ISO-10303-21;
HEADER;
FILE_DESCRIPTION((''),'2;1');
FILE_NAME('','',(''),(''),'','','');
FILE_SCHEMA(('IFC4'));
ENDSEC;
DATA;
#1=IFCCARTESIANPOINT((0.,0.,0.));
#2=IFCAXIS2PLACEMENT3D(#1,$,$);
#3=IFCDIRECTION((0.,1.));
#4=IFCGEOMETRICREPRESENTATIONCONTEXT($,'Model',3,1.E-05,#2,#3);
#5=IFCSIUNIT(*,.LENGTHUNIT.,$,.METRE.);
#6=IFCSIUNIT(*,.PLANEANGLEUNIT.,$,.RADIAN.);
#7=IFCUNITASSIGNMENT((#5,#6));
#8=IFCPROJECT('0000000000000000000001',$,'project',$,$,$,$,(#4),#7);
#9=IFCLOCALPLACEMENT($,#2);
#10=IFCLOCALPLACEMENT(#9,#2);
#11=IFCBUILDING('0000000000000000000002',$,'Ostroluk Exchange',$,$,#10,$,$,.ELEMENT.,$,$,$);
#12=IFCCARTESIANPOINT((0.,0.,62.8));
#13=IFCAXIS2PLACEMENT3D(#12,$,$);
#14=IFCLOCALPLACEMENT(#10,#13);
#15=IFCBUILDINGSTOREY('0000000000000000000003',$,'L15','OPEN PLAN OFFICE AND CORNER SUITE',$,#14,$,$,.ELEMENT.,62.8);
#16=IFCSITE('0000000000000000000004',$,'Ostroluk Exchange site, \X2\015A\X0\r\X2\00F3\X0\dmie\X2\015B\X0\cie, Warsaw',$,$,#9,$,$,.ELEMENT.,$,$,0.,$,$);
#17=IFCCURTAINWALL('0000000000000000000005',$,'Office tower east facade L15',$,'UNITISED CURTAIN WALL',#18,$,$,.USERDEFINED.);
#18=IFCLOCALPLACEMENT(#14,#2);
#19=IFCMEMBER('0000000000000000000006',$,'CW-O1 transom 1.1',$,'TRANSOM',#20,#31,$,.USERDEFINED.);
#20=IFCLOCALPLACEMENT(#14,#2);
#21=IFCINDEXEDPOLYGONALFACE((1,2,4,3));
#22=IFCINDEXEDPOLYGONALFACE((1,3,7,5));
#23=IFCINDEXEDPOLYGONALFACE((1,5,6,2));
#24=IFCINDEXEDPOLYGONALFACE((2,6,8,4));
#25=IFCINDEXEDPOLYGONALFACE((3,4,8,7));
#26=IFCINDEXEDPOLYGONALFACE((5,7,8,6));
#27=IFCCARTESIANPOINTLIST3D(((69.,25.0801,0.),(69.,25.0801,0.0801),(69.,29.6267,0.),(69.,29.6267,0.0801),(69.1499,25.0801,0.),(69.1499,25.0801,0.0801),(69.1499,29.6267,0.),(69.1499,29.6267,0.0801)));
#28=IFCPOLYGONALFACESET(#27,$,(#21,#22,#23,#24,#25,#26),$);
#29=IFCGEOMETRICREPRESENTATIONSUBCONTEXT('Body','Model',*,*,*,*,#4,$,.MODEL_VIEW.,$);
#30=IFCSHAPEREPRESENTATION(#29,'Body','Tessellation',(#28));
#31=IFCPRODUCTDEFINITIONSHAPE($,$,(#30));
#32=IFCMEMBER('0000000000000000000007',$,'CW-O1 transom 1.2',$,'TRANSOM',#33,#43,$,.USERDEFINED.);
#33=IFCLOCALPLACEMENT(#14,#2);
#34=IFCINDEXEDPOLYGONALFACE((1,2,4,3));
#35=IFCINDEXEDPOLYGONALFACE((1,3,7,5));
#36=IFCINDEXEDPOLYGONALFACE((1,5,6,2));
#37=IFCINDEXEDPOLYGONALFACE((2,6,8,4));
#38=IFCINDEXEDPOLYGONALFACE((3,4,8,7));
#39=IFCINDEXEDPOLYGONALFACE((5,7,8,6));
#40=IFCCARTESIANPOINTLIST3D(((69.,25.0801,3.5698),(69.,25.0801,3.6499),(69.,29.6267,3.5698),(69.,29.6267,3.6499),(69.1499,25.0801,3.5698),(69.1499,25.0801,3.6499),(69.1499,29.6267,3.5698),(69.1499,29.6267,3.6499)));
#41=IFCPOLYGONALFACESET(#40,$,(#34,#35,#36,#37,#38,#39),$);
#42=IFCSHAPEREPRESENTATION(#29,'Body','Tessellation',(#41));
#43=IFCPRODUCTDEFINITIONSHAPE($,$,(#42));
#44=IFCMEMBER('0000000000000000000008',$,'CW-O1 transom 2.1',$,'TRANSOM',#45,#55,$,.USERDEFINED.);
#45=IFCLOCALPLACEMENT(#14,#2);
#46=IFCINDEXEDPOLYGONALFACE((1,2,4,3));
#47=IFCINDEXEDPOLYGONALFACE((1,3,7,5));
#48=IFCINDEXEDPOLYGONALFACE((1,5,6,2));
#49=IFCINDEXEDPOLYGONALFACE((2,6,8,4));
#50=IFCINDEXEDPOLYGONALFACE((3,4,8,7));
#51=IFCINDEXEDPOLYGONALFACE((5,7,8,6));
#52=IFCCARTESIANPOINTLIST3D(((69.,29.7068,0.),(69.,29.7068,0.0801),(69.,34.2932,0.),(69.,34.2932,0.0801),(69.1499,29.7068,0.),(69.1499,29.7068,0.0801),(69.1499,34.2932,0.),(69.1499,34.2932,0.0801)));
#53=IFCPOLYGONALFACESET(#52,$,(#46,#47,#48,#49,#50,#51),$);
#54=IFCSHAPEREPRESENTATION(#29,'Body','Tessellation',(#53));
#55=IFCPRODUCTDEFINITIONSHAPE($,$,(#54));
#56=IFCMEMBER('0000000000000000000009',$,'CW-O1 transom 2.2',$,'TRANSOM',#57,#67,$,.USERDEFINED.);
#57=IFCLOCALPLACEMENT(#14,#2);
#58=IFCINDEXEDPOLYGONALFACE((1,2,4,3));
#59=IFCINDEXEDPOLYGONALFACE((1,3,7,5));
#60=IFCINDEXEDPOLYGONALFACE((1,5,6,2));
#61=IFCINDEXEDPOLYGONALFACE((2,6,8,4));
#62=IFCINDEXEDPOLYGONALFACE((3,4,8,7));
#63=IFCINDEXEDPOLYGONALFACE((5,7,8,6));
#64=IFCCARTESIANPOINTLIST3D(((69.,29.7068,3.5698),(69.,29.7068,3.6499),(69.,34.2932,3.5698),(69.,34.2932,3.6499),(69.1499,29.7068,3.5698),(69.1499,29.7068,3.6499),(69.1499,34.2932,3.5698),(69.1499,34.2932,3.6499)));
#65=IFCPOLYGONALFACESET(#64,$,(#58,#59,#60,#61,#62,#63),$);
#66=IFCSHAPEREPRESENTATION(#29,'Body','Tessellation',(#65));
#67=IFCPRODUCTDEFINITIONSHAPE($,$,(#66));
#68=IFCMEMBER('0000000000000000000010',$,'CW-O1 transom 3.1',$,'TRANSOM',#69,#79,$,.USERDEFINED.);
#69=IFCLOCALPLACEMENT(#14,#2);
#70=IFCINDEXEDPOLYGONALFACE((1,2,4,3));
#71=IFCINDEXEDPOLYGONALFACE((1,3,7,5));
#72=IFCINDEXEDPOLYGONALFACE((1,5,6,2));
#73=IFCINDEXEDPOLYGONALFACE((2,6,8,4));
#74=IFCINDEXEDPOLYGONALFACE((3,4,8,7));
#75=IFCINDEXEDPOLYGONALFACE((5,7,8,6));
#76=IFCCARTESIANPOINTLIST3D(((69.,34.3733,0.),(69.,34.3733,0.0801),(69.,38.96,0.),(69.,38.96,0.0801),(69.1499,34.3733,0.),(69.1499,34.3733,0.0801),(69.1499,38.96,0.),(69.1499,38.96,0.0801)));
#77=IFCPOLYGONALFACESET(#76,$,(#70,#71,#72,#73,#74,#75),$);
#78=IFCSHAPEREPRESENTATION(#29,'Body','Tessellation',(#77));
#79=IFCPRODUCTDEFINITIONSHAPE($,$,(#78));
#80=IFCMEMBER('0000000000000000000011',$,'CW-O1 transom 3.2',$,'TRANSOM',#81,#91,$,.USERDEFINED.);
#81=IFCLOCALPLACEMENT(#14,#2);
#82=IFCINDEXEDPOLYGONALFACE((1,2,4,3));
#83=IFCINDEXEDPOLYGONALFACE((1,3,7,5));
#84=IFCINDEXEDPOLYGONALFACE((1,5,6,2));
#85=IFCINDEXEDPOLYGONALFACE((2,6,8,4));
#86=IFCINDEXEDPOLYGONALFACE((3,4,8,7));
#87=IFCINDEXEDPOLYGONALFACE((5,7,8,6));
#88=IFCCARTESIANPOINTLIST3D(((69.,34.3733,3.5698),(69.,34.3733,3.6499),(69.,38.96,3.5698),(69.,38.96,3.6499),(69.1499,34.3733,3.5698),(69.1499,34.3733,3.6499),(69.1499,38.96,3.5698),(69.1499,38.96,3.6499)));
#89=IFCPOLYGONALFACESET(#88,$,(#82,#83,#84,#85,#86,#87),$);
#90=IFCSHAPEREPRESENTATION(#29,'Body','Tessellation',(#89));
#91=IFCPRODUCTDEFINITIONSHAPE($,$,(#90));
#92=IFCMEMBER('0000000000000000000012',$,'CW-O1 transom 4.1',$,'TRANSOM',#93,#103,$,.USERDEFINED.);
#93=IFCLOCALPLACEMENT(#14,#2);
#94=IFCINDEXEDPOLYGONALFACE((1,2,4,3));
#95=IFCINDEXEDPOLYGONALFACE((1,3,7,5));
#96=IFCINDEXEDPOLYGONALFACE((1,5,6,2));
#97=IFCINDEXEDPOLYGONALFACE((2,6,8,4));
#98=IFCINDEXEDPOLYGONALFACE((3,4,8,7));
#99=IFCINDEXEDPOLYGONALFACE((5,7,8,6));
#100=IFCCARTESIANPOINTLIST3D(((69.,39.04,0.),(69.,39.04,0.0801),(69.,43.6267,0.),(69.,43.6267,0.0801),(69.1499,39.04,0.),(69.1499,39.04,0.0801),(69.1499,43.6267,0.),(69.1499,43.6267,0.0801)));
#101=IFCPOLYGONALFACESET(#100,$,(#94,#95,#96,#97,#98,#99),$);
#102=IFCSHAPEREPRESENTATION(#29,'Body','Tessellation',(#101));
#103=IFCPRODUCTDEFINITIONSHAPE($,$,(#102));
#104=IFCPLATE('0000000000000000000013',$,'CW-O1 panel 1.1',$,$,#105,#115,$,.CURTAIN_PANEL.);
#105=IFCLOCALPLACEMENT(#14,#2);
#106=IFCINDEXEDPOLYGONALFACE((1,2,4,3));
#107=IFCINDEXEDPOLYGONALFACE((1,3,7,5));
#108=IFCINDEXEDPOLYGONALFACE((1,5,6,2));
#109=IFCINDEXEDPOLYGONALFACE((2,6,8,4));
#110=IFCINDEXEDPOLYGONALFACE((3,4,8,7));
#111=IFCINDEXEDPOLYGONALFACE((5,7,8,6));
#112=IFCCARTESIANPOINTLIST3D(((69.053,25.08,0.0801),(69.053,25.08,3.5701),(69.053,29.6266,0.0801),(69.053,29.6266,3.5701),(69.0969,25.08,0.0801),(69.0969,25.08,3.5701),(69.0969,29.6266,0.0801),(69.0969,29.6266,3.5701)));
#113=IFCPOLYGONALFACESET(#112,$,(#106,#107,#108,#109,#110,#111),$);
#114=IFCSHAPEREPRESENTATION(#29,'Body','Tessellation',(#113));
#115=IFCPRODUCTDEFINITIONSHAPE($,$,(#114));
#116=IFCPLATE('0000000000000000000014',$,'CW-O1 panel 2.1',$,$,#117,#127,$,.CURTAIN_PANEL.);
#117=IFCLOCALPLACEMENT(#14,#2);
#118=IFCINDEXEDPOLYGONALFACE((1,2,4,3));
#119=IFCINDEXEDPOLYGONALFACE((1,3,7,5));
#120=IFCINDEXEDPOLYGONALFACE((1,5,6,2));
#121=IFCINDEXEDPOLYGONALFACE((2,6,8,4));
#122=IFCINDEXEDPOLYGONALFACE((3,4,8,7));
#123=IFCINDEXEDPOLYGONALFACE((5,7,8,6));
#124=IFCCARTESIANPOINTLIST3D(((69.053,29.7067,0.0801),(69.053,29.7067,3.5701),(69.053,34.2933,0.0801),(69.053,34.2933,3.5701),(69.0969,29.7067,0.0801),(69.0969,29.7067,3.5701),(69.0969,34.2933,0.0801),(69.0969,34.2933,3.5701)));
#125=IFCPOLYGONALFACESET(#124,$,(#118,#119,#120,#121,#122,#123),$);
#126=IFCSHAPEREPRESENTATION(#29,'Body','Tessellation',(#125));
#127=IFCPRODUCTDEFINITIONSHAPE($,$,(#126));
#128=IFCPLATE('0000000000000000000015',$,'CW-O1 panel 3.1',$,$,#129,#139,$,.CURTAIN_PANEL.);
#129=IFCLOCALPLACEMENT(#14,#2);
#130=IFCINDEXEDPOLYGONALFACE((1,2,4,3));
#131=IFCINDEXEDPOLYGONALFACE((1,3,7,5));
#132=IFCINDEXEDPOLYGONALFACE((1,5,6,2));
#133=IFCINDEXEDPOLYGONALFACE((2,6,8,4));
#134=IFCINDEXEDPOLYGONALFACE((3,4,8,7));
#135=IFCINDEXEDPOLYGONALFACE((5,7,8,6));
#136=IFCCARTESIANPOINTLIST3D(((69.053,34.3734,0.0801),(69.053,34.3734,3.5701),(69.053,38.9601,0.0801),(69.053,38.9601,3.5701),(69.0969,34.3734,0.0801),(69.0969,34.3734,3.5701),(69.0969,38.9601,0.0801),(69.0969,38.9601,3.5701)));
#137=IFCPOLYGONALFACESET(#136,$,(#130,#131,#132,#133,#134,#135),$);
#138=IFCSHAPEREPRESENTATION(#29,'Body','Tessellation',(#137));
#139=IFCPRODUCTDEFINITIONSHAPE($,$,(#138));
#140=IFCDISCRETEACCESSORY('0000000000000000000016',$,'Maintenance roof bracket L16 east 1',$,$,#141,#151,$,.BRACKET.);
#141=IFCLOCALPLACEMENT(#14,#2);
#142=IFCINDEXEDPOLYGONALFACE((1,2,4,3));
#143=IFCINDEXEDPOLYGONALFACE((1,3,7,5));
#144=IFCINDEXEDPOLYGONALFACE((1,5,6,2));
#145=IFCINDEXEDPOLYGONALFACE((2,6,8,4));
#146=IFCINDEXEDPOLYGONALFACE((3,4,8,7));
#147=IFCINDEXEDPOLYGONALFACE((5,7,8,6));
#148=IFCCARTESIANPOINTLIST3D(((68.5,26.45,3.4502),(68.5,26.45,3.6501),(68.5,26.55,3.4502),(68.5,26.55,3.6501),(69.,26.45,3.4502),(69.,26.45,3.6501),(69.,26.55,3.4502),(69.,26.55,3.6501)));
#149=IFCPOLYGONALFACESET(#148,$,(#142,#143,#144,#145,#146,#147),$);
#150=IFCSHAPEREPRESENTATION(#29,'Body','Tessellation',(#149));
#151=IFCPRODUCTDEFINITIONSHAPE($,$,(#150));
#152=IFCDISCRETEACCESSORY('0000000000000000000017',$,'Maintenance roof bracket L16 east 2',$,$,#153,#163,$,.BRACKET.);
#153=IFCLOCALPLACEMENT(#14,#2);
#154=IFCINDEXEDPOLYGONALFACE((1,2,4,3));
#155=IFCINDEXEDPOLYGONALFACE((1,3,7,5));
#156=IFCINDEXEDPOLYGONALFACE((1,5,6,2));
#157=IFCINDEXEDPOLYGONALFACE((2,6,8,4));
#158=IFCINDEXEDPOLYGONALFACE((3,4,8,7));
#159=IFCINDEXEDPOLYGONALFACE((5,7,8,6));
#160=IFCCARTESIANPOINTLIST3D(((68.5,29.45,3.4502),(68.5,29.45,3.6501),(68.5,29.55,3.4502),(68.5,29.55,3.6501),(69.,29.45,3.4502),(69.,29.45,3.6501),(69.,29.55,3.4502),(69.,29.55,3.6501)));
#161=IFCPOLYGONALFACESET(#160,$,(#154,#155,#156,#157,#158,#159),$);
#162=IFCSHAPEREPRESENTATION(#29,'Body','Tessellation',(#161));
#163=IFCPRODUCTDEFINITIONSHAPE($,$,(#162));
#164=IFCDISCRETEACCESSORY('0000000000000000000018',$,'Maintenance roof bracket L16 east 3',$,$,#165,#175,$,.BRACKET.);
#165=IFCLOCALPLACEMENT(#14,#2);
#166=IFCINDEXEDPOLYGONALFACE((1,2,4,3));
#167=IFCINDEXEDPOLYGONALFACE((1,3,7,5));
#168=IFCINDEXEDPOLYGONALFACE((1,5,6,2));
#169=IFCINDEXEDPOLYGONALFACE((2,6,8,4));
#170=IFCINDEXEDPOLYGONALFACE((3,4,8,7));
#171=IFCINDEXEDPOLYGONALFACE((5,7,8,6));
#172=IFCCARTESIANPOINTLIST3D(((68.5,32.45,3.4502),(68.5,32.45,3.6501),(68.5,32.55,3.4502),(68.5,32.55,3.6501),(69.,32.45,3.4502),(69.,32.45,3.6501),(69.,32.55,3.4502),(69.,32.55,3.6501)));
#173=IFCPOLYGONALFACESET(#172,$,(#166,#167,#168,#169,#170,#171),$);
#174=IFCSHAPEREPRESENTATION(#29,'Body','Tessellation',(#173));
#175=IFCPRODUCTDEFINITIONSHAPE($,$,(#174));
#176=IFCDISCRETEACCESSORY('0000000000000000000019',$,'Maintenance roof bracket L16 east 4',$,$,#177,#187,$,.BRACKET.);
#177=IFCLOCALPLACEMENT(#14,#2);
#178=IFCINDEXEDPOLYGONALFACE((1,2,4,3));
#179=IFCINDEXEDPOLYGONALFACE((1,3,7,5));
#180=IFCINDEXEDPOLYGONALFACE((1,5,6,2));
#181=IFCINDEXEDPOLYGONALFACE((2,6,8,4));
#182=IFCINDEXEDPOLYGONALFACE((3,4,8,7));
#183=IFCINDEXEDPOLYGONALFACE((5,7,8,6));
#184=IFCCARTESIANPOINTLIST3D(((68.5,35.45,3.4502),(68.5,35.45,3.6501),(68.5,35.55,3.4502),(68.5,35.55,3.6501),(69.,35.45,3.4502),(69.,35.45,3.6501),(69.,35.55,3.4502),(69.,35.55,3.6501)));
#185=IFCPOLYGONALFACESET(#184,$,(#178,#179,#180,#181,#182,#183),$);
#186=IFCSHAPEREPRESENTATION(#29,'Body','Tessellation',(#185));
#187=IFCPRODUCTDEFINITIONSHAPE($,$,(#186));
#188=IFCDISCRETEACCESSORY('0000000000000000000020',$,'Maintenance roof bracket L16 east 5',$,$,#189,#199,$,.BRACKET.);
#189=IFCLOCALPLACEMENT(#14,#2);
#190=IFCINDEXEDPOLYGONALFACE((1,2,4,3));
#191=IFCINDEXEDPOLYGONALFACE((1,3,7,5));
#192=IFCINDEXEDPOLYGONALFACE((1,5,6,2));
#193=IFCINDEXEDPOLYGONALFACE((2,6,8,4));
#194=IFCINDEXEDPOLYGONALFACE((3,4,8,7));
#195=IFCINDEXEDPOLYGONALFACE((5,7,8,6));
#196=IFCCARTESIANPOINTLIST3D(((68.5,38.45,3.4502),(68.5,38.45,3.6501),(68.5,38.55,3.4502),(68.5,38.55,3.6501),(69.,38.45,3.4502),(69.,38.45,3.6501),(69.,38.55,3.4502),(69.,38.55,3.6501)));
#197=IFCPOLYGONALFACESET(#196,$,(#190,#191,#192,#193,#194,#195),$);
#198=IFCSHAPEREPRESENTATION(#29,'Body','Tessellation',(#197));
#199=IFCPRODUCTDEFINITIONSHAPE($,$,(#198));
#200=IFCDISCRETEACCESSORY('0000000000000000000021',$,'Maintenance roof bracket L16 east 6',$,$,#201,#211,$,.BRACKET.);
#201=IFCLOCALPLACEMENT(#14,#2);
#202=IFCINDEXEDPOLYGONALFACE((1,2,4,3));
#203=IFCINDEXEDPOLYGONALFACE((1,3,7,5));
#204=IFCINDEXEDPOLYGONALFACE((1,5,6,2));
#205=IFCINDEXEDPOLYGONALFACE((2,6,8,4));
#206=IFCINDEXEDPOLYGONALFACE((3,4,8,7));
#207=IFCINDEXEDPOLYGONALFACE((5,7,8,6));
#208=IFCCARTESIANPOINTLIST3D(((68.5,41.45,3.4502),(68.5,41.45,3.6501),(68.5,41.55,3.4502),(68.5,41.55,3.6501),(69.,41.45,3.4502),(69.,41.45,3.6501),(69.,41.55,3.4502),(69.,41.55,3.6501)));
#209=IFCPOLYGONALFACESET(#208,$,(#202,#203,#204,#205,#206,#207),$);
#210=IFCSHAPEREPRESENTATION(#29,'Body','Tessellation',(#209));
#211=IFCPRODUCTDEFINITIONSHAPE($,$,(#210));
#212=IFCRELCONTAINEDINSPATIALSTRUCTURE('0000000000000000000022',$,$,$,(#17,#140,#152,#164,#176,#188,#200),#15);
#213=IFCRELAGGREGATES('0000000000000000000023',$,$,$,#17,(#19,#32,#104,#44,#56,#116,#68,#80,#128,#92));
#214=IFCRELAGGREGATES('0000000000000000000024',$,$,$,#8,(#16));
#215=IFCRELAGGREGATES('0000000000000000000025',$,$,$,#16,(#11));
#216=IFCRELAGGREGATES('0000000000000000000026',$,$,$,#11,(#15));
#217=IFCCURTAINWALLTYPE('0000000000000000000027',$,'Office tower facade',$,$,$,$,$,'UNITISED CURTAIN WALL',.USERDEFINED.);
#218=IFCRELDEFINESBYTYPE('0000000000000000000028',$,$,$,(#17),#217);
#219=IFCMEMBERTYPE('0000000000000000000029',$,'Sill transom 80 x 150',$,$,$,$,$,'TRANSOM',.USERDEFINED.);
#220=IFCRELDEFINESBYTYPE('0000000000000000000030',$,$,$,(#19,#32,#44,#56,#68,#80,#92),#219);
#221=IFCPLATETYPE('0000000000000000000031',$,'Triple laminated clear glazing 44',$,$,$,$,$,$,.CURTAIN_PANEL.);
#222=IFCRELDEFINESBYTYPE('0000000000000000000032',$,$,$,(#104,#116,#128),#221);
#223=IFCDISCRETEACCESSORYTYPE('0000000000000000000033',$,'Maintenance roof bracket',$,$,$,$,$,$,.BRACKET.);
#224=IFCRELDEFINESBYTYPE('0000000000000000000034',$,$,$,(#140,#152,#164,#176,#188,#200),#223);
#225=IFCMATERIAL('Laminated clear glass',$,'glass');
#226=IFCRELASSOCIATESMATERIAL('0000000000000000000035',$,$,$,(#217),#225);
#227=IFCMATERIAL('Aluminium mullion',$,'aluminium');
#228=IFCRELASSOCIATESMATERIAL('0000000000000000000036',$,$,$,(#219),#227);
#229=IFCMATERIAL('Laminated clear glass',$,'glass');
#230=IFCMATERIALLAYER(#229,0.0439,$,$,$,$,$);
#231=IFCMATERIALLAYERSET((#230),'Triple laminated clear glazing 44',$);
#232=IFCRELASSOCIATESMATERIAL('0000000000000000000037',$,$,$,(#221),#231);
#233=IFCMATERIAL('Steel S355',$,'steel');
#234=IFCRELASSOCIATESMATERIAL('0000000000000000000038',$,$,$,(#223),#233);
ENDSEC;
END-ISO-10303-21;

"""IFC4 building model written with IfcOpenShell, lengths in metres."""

from ifc_helpers import new_model, si_unit, direction, frame, origin, origin_2d, place, context, subcontext, project, spatial, rectangle, extrude, material, layer, layer_set, material_profile, profile_set, type_object, element, aggregate, save


model = new_model("IFC4")

# Units and contexts
model_context = context("Model", 3, precision=1e-05, world=origin(), true_north=direction((0.0, 1.0)))
body_context = subcontext(model_context, "Body", "Model", "MODEL_VIEW")
ifc_project = project(units=[si_unit("LENGTHUNIT", "METRE"), si_unit("PLANEANGLEUNIT", "RADIAN")], contexts=[model_context])

# Site, building, storey
site_placement = place(None, origin())
site = spatial("IfcSite", under=ifc_project, at=site_placement, Name="Ostroluk Exchange site, Śródmieście, Warsaw", CompositionType="ELEMENT", RefElevation=0.0)
building_placement = place(site_placement, origin())
building = spatial("IfcBuilding", under=site, at=building_placement, Name="Ostroluk Exchange", CompositionType="ELEMENT")
storey_placement = place(building_placement, frame((0.0, 0.0, 62.8)))
storey = spatial("IfcBuildingStorey", under=building, at=storey_placement, Name="L15", Description="OPEN PLAN OFFICE AND CORNER SUITE", CompositionType="ELEMENT", Elevation=62.8)

# Curtain wall, members, plates
ifc_material_1 = material(Name="Laminated clear glass", Category="glass")
curtain_wall_type = type_object("IfcCurtainWallType", Name="Office tower facade", ElementType="UNITISED CURTAIN WALL", PredefinedType="USERDEFINED", material=ifc_material_1)
curtain_wall_placement = place(storey_placement, origin())
curtain_wall = element("IfcCurtainWall", 1, at=curtain_wall_placement, inside=storey, type_object=curtain_wall_type, Name="Office tower east facade L15", ObjectType="UNITISED CURTAIN WALL", PredefinedType="USERDEFINED")
ifc_material_2 = material(Name="Aluminium mullion", Category="aluminium")
ifc_material_profile_1 = material_profile(ifc_material_2, rectangle(XDim=0.1499, YDim=0.0801, at=origin_2d()), Name="Sill transom 80 x 150")
ifc_profile_set_1 = profile_set([ifc_material_profile_1], Name="Aluminium mullion")
member_type = type_object("IfcMemberType", Name="Sill transom 80 x 150", ElementType="TRANSOM", PredefinedType="USERDEFINED", material=ifc_profile_set_1)
member_1_placement = place(storey_placement, frame((69.075, 25.0801, 0.04), z_axis=(0.0, 1.0, 0.0), x_axis=(-1.0, 0.0, 0.0)))
member_1 = element("IfcMember", 2, at=member_1_placement, type_object=member_type, Name="CW-O1 transom 1.1", ObjectType="TRANSOM", PredefinedType="USERDEFINED", context=body_context, shape_type="SweptSolid", body=[
    extrude(rectangle(XDim=0.1499, YDim=0.0801, at=origin_2d()), origin(), (0.0, 0.0, 1.0), 4.5466),
])
member_2_placement = place(storey_placement, frame((69.075, 25.0801, 3.6099), z_axis=(0.0, 1.0, 0.0), x_axis=(-1.0, 0.0, 0.0)))
member_2 = element("IfcMember", 3, at=member_2_placement, type_object=member_type, Name="CW-O1 transom 1.2", ObjectType="TRANSOM", PredefinedType="USERDEFINED", context=body_context, shape_type="SweptSolid", body=[
    extrude(rectangle(XDim=0.1499, YDim=0.0801, at=origin_2d()), origin(), (0.0, 0.0, 1.0), 4.5466),
])
member_3_placement = place(storey_placement, frame((69.075, 29.7068, 0.04), z_axis=(0.0, 1.0, 0.0), x_axis=(-1.0, 0.0, 0.0)))
member_3 = element("IfcMember", 4, at=member_3_placement, type_object=member_type, Name="CW-O1 transom 2.1", ObjectType="TRANSOM", PredefinedType="USERDEFINED", context=body_context, shape_type="SweptSolid", body=[
    extrude(rectangle(XDim=0.1499, YDim=0.0801, at=origin_2d()), origin(), (0.0, 0.0, 1.0), 4.5864),
])
member_4_placement = place(storey_placement, frame((69.075, 29.7068, 3.6099), z_axis=(0.0, 1.0, 0.0), x_axis=(-1.0, 0.0, 0.0)))
member_4 = element("IfcMember", 5, at=member_4_placement, type_object=member_type, Name="CW-O1 transom 2.2", ObjectType="TRANSOM", PredefinedType="USERDEFINED", context=body_context, shape_type="SweptSolid", body=[
    extrude(rectangle(XDim=0.1499, YDim=0.0801, at=origin_2d()), origin(), (0.0, 0.0, 1.0), 4.5864),
])
member_5_placement = place(storey_placement, frame((69.075, 34.3733, 0.04), z_axis=(0.0, 1.0, 0.0), x_axis=(-1.0, 0.0, 0.0)))
member_5 = element("IfcMember", 6, at=member_5_placement, type_object=member_type, Name="CW-O1 transom 3.1", ObjectType="TRANSOM", PredefinedType="USERDEFINED", context=body_context, shape_type="SweptSolid", body=[
    extrude(rectangle(XDim=0.1499, YDim=0.0801, at=origin_2d()), origin(), (0.0, 0.0, 1.0), 4.5867),
])
member_6_placement = place(storey_placement, frame((69.075, 34.3733, 3.6099), z_axis=(0.0, 1.0, 0.0), x_axis=(-1.0, 0.0, 0.0)))
member_6 = element("IfcMember", 7, at=member_6_placement, type_object=member_type, Name="CW-O1 transom 3.2", ObjectType="TRANSOM", PredefinedType="USERDEFINED", context=body_context, shape_type="SweptSolid", body=[
    extrude(rectangle(XDim=0.1499, YDim=0.0801, at=origin_2d()), origin(), (0.0, 0.0, 1.0), 4.5867),
])
member_7_placement = place(storey_placement, frame((69.075, 39.04, 0.04), z_axis=(0.0, 1.0, 0.0), x_axis=(-1.0, 0.0, 0.0)))
member_7 = element("IfcMember", 8, at=member_7_placement, type_object=member_type, Name="CW-O1 transom 4.1", ObjectType="TRANSOM", PredefinedType="USERDEFINED", context=body_context, shape_type="SweptSolid", body=[
    extrude(rectangle(XDim=0.1499, YDim=0.0801, at=origin_2d()), origin(), (0.0, 0.0, 1.0), 4.5867),
])
ifc_material_3 = material(Name="Laminated clear glass", Category="glass")
ifc_layer = layer(ifc_material_3, 0.0439)
ifc_layer_set = layer_set([ifc_layer], Name="Triple laminated clear glazing 44")
plate_type = type_object("IfcPlateType", Name="Triple laminated clear glazing 44", PredefinedType="CURTAIN_PANEL", material=ifc_layer_set)
plate_1_placement = place(storey_placement, frame((69.075, 27.3533, 0.0801), z_axis=(0.0, 0.0, 1.0), x_axis=(0.0, 1.0, 0.0)))
plate_1 = element("IfcPlate", 9, at=plate_1_placement, type_object=plate_type, Name="CW-O1 panel 1.1", PredefinedType="CURTAIN_PANEL", context=body_context, shape_type="SweptSolid", body=[
    extrude(rectangle(XDim=4.5466, YDim=0.0439, at=origin_2d()), origin(), (0.0, 0.0, 1.0), 3.49),
])
plate_2_placement = place(storey_placement, frame((69.075, 32.0, 0.0801), z_axis=(0.0, 0.0, 1.0), x_axis=(0.0, 1.0, 0.0)))
plate_2 = element("IfcPlate", 10, at=plate_2_placement, type_object=plate_type, Name="CW-O1 panel 2.1", PredefinedType="CURTAIN_PANEL", context=body_context, shape_type="SweptSolid", body=[
    extrude(rectangle(XDim=4.5867, YDim=0.0439, at=origin_2d()), origin(), (0.0, 0.0, 1.0), 3.49),
])
plate_3_placement = place(storey_placement, frame((69.075, 36.6667, 0.0801), z_axis=(0.0, 0.0, 1.0), x_axis=(0.0, 1.0, 0.0)))
plate_3 = element("IfcPlate", 11, at=plate_3_placement, type_object=plate_type, Name="CW-O1 panel 3.1", PredefinedType="CURTAIN_PANEL", context=body_context, shape_type="SweptSolid", body=[
    extrude(rectangle(XDim=4.5867, YDim=0.0439, at=origin_2d()), origin(), (0.0, 0.0, 1.0), 3.49),
])
aggregate(curtain_wall, [member_1, member_2, plate_1, member_3, member_4, plate_2, member_5, member_6, plate_3, member_7])

# Discrete accessories
ifc_material_4 = material(Name="Steel S355", Category="steel")
discrete_accessory_type = type_object("IfcDiscreteAccessoryType", Name="Maintenance roof bracket", PredefinedType="BRACKET", material=ifc_material_4)
for number, where, z_axis, x_axis, name in (
    (12, (68.75, 26.5, 3.4502), (0.0, 0.0, 1.0), (1.0, 0.0, 0.0), "Maintenance roof bracket L16 east 1"),
    (13, (68.75, 29.5, 3.4502), (0.0, 0.0, 1.0), (1.0, 0.0, 0.0), "Maintenance roof bracket L16 east 2"),
    (14, (68.75, 32.5, 3.4502), (0.0, 0.0, 1.0), (1.0, 0.0, 0.0), "Maintenance roof bracket L16 east 3"),
    (15, (68.75, 35.5, 3.4502), (0.0, 0.0, 1.0), (1.0, 0.0, 0.0), "Maintenance roof bracket L16 east 4"),
    (16, (68.75, 38.5, 3.4502), (0.0, 0.0, 1.0), (1.0, 0.0, 0.0), "Maintenance roof bracket L16 east 5"),
    (17, (68.75, 41.5, 3.4502), (0.0, 0.0, 1.0), (1.0, 0.0, 0.0), "Maintenance roof bracket L16 east 6"),
):
    element("IfcDiscreteAccessory", number, at=place(storey_placement, frame(where, z_axis=z_axis, x_axis=x_axis)), inside=storey, type_object=discrete_accessory_type, Name=name, PredefinedType="BRACKET", context=body_context, shape_type="SweptSolid", body=[
        extrude(rectangle(XDim=0.5, YDim=0.1001, at=origin_2d()), origin(), (0.0, 0.0, 1.0), 0.2),
    ])

save(model, "model.ifc")
